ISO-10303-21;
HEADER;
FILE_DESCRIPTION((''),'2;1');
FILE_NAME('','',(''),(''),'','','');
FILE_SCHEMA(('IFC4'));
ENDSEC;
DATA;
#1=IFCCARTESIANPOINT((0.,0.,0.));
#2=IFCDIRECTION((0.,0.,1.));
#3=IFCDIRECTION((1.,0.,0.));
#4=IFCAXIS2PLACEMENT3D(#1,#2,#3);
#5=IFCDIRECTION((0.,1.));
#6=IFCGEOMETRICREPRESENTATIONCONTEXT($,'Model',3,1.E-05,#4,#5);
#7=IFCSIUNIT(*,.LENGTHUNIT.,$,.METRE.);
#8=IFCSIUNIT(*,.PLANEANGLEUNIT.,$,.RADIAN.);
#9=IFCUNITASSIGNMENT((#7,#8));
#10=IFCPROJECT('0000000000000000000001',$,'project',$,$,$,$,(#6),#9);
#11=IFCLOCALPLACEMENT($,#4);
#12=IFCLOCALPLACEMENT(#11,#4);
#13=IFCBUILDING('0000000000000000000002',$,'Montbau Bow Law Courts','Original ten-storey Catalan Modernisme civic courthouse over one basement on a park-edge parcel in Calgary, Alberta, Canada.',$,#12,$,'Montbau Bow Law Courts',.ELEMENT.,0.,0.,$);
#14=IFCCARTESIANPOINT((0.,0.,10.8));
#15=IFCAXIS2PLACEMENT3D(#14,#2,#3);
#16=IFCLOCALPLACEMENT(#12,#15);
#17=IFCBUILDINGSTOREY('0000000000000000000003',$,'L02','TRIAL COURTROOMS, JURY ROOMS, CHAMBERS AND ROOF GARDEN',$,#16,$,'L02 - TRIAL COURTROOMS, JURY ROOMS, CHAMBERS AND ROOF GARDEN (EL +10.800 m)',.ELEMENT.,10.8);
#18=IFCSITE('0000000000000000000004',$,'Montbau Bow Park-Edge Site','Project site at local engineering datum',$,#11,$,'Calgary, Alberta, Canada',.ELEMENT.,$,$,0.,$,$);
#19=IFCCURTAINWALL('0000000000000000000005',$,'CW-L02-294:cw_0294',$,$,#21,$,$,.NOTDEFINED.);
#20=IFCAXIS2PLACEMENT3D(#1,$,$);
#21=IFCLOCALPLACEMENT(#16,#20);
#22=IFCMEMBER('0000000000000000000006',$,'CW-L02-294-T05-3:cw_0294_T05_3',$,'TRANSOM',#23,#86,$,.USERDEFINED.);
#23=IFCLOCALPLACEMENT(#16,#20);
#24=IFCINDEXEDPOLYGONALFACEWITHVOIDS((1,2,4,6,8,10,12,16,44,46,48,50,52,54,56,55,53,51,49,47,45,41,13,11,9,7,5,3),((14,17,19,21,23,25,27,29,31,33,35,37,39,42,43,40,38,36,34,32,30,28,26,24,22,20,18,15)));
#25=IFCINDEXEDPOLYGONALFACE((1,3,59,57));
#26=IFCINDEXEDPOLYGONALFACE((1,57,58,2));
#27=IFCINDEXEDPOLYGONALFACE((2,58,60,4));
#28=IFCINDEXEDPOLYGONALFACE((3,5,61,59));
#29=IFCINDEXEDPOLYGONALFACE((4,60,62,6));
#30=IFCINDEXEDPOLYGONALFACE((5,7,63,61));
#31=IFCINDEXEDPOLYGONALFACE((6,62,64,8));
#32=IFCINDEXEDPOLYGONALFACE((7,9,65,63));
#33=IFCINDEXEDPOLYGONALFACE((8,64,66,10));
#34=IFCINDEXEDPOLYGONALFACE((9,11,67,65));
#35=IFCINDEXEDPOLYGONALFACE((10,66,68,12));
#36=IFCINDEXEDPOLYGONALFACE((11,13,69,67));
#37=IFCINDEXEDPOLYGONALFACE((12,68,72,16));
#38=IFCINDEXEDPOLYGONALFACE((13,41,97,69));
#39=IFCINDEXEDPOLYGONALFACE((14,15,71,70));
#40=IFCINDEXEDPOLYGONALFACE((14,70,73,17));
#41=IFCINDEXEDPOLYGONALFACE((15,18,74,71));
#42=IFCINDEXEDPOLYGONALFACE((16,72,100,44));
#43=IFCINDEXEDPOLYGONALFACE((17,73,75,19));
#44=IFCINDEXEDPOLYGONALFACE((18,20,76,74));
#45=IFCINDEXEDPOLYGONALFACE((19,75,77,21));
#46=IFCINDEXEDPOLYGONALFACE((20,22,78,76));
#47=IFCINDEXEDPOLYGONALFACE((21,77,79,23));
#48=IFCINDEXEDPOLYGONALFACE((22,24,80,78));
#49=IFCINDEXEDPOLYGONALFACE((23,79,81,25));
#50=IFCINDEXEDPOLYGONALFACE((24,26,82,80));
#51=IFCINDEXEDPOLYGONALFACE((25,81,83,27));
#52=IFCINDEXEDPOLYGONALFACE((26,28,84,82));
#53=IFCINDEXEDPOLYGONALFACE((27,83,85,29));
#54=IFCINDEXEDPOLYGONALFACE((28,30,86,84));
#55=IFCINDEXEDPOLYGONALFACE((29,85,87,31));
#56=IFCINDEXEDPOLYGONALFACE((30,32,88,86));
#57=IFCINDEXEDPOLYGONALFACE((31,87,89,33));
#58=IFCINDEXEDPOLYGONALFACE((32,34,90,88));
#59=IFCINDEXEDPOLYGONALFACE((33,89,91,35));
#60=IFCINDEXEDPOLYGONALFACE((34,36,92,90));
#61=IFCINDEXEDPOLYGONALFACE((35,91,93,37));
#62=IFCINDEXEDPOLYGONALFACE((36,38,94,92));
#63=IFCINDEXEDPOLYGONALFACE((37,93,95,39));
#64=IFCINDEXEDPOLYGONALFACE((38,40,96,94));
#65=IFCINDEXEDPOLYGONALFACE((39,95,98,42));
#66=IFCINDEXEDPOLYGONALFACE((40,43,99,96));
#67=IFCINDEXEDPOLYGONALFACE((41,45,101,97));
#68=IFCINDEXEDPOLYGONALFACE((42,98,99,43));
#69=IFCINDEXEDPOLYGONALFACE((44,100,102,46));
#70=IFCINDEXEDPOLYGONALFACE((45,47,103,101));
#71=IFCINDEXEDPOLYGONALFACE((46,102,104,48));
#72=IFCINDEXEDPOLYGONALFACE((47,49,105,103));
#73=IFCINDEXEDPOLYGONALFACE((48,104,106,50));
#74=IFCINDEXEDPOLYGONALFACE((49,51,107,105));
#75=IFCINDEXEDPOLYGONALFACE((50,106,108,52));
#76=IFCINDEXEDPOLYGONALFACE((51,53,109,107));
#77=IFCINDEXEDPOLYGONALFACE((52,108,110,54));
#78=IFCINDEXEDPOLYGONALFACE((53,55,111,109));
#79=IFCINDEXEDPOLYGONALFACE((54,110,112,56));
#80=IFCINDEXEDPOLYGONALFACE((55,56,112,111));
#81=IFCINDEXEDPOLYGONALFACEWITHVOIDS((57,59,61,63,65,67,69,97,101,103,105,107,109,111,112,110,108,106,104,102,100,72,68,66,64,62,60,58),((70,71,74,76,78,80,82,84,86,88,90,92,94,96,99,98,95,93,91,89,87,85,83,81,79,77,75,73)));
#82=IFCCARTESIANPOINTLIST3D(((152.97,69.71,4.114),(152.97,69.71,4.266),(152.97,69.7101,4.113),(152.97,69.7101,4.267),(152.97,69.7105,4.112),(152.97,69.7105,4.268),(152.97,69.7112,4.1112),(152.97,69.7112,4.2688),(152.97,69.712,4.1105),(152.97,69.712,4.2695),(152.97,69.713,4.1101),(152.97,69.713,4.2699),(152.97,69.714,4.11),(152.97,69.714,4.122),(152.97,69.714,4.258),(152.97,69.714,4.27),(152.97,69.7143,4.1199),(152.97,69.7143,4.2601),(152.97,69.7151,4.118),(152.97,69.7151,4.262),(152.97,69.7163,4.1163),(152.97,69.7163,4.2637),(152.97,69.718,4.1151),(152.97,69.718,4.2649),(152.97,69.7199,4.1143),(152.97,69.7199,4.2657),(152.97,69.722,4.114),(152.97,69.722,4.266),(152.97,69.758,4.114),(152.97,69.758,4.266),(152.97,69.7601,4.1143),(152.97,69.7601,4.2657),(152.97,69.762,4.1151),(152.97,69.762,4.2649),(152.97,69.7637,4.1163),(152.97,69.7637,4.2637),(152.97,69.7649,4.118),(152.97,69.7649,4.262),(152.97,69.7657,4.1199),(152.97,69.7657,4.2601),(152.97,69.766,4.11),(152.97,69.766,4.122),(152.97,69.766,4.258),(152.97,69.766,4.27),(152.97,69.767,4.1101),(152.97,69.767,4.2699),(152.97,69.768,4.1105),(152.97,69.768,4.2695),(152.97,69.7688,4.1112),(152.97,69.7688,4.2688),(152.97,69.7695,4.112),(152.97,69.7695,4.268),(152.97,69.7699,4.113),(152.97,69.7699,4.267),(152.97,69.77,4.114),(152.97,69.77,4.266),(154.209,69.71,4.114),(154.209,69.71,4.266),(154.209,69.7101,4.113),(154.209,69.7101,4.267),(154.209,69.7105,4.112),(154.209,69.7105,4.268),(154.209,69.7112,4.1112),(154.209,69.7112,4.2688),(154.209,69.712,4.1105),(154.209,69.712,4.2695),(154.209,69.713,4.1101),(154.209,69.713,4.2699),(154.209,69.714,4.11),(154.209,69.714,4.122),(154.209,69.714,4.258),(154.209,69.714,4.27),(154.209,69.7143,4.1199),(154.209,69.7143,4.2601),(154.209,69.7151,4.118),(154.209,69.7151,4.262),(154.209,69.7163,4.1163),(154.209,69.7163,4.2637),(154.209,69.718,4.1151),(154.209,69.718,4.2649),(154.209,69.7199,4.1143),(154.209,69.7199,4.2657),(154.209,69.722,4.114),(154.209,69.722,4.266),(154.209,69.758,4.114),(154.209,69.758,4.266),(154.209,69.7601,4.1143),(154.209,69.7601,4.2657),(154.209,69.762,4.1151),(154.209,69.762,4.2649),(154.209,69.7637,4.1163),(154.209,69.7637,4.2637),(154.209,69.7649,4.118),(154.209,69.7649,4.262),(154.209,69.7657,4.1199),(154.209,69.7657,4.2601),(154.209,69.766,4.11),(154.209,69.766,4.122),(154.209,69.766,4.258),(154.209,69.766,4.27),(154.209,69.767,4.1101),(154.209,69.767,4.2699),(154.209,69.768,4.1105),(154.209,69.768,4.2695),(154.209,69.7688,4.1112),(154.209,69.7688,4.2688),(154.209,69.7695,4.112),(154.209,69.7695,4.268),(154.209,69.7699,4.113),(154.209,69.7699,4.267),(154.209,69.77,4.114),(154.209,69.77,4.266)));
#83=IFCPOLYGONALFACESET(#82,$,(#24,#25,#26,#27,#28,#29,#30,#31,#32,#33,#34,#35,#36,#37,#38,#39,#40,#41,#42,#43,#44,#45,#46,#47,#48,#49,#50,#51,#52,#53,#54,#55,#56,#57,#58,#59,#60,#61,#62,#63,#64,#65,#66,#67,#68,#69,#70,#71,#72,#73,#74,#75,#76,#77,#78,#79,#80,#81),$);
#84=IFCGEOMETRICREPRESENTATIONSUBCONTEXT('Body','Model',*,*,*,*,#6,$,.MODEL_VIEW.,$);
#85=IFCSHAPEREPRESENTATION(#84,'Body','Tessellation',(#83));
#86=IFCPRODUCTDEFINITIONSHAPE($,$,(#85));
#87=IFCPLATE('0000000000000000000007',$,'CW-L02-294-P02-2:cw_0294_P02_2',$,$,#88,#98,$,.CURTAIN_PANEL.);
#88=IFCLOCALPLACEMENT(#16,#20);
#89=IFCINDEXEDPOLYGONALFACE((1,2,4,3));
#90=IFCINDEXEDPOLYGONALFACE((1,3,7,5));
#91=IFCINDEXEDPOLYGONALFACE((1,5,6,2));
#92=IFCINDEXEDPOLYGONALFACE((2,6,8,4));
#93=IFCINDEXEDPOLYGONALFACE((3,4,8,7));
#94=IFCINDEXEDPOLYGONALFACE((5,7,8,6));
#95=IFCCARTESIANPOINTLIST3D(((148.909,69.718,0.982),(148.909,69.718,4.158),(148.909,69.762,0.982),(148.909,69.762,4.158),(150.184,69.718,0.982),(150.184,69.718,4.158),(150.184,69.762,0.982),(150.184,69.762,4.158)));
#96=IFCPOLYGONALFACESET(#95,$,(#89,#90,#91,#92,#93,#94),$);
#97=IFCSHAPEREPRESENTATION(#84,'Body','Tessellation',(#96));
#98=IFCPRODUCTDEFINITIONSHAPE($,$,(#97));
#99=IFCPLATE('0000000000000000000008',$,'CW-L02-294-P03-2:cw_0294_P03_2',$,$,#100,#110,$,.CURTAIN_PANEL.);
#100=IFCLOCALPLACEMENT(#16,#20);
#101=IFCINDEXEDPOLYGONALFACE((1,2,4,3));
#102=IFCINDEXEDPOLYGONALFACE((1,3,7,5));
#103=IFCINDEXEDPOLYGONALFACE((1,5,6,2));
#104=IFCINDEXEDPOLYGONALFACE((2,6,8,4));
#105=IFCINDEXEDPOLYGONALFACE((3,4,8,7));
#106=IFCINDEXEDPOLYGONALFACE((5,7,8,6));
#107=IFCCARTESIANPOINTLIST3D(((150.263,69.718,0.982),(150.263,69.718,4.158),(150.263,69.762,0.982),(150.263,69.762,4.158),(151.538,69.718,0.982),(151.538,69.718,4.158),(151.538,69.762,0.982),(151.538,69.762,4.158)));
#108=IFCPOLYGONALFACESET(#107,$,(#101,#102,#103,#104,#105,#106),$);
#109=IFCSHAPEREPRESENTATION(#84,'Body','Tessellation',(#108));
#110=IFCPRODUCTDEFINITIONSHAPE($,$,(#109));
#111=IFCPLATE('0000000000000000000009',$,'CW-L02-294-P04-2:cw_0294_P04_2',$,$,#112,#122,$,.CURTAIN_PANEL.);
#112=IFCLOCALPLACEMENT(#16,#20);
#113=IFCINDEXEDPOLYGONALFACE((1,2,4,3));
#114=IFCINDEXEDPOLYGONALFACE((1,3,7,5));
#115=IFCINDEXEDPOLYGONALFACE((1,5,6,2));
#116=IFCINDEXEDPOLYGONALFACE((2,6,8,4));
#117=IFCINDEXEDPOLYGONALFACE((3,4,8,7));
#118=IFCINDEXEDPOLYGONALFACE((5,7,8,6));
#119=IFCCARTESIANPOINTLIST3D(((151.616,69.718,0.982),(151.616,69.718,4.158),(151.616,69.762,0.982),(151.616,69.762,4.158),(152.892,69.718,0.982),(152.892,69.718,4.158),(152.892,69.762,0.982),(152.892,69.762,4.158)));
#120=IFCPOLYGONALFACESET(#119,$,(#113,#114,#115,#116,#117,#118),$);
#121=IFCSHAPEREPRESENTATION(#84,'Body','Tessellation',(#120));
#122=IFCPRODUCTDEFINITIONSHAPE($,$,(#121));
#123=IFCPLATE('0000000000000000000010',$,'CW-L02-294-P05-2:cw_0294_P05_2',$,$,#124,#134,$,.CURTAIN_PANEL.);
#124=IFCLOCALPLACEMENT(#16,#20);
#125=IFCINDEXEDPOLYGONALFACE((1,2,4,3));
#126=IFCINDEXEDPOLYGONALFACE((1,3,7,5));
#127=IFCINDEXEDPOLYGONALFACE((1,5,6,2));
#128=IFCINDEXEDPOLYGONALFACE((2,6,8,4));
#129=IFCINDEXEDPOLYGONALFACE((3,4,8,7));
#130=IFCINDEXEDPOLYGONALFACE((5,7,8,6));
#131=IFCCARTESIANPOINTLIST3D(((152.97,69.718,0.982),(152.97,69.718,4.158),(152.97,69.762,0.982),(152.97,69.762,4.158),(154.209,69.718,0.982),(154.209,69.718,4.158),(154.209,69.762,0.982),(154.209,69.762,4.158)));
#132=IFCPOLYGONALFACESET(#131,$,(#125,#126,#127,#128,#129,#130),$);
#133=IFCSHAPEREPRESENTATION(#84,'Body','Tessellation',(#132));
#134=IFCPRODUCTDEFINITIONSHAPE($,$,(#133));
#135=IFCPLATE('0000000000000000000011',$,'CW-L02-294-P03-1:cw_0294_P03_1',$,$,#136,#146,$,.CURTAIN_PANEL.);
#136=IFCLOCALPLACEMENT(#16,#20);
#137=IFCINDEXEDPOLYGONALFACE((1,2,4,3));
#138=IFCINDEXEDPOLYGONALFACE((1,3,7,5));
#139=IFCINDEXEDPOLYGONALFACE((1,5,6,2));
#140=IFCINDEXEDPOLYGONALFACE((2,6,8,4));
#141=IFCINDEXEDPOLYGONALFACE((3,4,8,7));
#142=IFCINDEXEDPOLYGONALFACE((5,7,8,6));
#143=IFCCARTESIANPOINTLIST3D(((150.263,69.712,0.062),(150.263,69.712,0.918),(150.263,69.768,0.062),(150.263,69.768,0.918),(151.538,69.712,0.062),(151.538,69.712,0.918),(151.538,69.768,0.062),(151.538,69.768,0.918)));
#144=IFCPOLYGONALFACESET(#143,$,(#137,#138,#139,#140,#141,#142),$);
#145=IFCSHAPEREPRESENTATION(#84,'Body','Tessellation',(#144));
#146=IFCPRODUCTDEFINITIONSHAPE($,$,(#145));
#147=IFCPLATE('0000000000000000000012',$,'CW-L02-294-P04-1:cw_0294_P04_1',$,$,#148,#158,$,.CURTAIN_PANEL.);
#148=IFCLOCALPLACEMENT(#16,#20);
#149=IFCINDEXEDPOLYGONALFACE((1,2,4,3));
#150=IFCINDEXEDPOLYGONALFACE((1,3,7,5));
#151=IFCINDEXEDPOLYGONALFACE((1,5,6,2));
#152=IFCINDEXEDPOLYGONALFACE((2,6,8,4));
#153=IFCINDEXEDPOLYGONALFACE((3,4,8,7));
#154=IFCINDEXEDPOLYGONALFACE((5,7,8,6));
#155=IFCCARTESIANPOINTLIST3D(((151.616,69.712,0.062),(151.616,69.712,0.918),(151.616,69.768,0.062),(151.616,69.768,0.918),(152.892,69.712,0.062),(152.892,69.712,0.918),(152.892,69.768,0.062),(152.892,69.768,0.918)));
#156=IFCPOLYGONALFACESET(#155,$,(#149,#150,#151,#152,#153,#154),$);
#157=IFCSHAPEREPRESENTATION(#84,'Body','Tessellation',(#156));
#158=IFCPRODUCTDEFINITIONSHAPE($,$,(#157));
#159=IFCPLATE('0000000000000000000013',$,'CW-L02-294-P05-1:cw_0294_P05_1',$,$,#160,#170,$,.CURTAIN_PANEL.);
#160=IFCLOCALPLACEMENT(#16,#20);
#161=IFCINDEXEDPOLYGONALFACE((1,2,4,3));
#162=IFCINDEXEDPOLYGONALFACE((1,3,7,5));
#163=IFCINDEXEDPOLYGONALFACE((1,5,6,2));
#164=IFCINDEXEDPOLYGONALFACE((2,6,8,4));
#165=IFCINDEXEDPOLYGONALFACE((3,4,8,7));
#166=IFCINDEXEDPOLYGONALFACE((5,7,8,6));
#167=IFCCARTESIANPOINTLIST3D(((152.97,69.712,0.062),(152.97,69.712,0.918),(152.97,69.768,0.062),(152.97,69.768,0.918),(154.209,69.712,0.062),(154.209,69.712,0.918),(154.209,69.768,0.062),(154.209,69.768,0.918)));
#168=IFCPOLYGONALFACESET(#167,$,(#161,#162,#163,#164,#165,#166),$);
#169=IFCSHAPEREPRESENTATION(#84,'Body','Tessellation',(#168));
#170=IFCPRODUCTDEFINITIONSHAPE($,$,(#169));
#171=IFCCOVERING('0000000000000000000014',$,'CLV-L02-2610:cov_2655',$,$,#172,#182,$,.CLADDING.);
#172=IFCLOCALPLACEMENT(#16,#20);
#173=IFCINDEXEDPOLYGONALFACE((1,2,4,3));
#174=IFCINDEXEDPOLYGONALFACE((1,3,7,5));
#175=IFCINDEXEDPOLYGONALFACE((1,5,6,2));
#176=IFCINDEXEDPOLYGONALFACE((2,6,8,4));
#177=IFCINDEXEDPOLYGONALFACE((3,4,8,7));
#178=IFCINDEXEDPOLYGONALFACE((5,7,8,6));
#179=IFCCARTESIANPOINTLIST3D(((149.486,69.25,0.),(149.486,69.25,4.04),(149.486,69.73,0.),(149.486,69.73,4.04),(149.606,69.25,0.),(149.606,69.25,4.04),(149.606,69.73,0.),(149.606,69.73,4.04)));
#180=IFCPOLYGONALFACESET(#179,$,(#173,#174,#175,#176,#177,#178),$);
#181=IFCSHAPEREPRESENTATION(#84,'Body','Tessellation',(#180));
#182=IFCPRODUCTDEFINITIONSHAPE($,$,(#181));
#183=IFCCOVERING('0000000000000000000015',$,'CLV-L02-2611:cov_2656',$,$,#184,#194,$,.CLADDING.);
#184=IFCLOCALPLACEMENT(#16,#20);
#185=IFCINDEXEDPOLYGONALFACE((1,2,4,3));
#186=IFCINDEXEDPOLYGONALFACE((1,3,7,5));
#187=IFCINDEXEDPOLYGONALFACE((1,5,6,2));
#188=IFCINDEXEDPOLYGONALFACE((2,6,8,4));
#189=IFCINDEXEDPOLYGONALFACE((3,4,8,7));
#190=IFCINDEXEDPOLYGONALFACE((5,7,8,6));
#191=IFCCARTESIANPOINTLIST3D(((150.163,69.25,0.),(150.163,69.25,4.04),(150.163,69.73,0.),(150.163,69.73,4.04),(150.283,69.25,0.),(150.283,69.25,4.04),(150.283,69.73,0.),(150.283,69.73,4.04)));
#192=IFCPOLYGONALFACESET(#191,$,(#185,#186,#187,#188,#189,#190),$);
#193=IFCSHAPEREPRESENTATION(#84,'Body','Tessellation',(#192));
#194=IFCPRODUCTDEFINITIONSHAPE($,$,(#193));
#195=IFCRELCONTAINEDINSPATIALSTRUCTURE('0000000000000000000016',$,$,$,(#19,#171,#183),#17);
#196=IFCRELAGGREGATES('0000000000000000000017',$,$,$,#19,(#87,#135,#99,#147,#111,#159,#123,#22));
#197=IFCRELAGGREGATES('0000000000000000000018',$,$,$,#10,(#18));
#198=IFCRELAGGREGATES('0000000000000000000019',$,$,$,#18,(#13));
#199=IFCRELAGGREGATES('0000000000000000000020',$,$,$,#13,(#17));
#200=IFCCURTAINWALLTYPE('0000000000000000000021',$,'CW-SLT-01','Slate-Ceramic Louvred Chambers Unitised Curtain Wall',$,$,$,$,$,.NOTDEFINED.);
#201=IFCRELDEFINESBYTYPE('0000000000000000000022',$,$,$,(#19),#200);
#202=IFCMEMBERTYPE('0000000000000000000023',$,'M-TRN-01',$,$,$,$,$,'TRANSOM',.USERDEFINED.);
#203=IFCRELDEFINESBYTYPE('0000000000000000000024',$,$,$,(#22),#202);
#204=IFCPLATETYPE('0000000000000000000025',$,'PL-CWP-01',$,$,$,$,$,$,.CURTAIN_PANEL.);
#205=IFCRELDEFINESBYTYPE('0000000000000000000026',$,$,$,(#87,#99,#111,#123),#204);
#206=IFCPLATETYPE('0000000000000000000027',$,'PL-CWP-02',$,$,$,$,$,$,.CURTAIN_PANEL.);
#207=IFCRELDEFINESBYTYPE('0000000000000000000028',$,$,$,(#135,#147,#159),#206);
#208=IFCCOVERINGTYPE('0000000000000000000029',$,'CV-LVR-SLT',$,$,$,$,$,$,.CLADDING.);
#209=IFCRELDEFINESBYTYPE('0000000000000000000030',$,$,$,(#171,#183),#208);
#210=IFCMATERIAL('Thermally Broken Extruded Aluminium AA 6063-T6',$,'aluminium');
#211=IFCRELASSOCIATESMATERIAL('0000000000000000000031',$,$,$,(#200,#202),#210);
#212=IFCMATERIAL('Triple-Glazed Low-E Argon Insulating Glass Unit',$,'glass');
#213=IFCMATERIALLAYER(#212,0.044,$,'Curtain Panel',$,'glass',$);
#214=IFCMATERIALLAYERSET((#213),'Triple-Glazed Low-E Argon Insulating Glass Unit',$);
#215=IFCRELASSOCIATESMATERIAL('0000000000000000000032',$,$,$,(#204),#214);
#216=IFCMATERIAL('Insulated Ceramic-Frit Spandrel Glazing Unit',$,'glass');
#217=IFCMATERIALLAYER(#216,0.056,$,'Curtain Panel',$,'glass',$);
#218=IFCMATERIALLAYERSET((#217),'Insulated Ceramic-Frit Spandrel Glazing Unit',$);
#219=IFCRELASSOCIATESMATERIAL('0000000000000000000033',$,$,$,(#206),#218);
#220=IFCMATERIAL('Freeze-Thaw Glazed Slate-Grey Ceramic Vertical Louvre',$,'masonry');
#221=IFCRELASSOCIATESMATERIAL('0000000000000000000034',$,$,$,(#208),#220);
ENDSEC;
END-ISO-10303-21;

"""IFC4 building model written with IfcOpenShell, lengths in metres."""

from ifc_helpers import new_model, si_unit, direction, frame, frame_2d, origin_with_axes, origin_2d_with_axis, place, context, subcontext, project, spatial, rectangle, hollow_rectangle, extrude, material, layer, layer_set, material_profile, profile_set, type_object, element, aggregate, save


model = new_model("IFC4")

# Units and contexts
model_context = context("Model", 3, precision=1e-05, world=origin_with_axes(), true_north=direction((0.0, 1.0)))
body_context = subcontext(model_context, "Body", "Model", "MODEL_VIEW")
ifc_project = project(units=[si_unit("LENGTHUNIT", "METRE"), si_unit("PLANEANGLEUNIT", "RADIAN")], contexts=[model_context])

# Site, building, storey
site_placement = place(None, origin_with_axes())
site = spatial("IfcSite", under=ifc_project, at=site_placement, Name="Montbau Bow Park-Edge Site", Description="Project site at local engineering datum", LongName="Calgary, Alberta, Canada", CompositionType="ELEMENT", RefElevation=0.0)
building_placement = place(site_placement, origin_with_axes())
building = spatial("IfcBuilding", under=site, at=building_placement, Name="Montbau Bow Law Courts", Description="Original ten-storey Catalan Modernisme civic courthouse over one basement on a park-edge parcel in Calgary, Alberta, Canada.", LongName="Montbau Bow Law Courts", CompositionType="ELEMENT", ElevationOfRefHeight=0.0, ElevationOfTerrain=0.0)
storey_placement = place(building_placement, frame((0.0, 0.0, 10.8), z_axis=(0.0, 0.0, 1.0), x_axis=(1.0, 0.0, 0.0)))
storey = spatial("IfcBuildingStorey", under=building, at=storey_placement, Name="L02", Description="TRIAL COURTROOMS, JURY ROOMS, CHAMBERS AND ROOF GARDEN", LongName="L02 - TRIAL COURTROOMS, JURY ROOMS, CHAMBERS AND ROOF GARDEN (EL +10.800 m)", CompositionType="ELEMENT", Elevation=10.8)

# Curtain wall, member, plates
ifc_material_1 = material(Name="Thermally Broken Extruded Aluminium AA 6063-T6", Category="aluminium")
curtain_wall_type = type_object("IfcCurtainWallType", Name="CW-SLT-01", Description="Slate-Ceramic Louvred Chambers Unitised Curtain Wall", PredefinedType="NOTDEFINED", material=ifc_material_1)
curtain_wall_placement = place(None, frame((147.515, 69.74, 10.8), z_axis=(0.0, 0.0, 1.0), x_axis=(1.0, 0.0, 0.0)))
curtain_wall = element("IfcCurtainWall", 1, at=curtain_wall_placement, inside=storey, type_object=curtain_wall_type, Name="CW-L02-294:cw_0294", PredefinedType="NOTDEFINED")
ifc_material_profile_1 = material_profile(ifc_material_1, hollow_rectangle(XDim=0.06, YDim=0.16, WallThickness=0.004, InnerFilletRadius=0.008, OuterFilletRadius=0.004, at=origin_2d_with_axis()), Name="CWT-160X60", Category="Main", Priority=0)
ifc_profile_set_1 = profile_set([ifc_material_profile_1], Name="Thermally Broken Extruded Aluminium AA 6063-T6")
member_type_1 = type_object("IfcMemberType", Name="M-TRN-01", ElementType="TRANSOM", PredefinedType="USERDEFINED", material=ifc_profile_set_1)
member_1_placement = place(None, frame((152.97, 69.74, 14.99), z_axis=(1.0, 0.0, 0.0), x_axis=(0.0, 1.0, 0.0)))
member_1 = element("IfcMember", 2, at=member_1_placement, type_object=member_type_1, Name="CW-L02-294-T05-3:cw_0294_T05_3", ObjectType="TRANSOM", PredefinedType="USERDEFINED", context=body_context, shape_type="SweptSolid", body=[
    extrude(hollow_rectangle(XDim=0.06, YDim=0.16, WallThickness=0.004, InnerFilletRadius=0.008, OuterFilletRadius=0.004, at=origin_2d_with_axis()), origin_with_axes(), (0.0, 0.0, 1.0), 1.239),
])
ifc_material_2 = material(Name="Triple-Glazed Low-E Argon Insulating Glass Unit", Category="glass")
ifc_layer_1 = layer(ifc_material_2, 0.044, Name="Curtain Panel", Category="glass")
ifc_layer_set_1 = layer_set([ifc_layer_1], Name="Triple-Glazed Low-E Argon Insulating Glass Unit")
plate_type_1 = type_object("IfcPlateType", Name="PL-CWP-01", PredefinedType="CURTAIN_PANEL", material=ifc_layer_set_1)
plate_1_placement = place(None, frame((148.909, 69.74, 11.782), z_axis=(0.0, -1.0, 0.0), x_axis=(1.0, 0.0, 0.0)))
plate_1 = element("IfcPlate", 3, at=plate_1_placement, type_object=plate_type_1, Name="CW-L02-294-P02-2:cw_0294_P02_2", PredefinedType="CURTAIN_PANEL", context=body_context, shape_type="SweptSolid", body=[
    extrude(rectangle(XDim=1.275, YDim=3.176, at=frame_2d((0.6375, 1.588), x_axis=(1.0, 0.0))), frame((0.0, 0.0, -0.022), z_axis=(0.0, 0.0, 1.0), x_axis=(1.0, 0.0, 0.0)), (0.0, 0.0, 1.0), 0.044),
])
plate_2_placement = place(None, frame((150.263, 69.74, 11.782), z_axis=(0.0, -1.0, 0.0), x_axis=(1.0, 0.0, 0.0)))
plate_2 = element("IfcPlate", 4, at=plate_2_placement, type_object=plate_type_1, Name="CW-L02-294-P03-2:cw_0294_P03_2", PredefinedType="CURTAIN_PANEL", context=body_context, shape_type="SweptSolid", body=[
    extrude(rectangle(XDim=1.275, YDim=3.176, at=frame_2d((0.6375, 1.588), x_axis=(1.0, 0.0))), frame((0.0, 0.0, -0.022), z_axis=(0.0, 0.0, 1.0), x_axis=(1.0, 0.0, 0.0)), (0.0, 0.0, 1.0), 0.044),
])
plate_3_placement = place(None, frame((151.616, 69.74, 11.782), z_axis=(0.0, -1.0, 0.0), x_axis=(1.0, 0.0, 0.0)))
plate_3 = element("IfcPlate", 5, at=plate_3_placement, type_object=plate_type_1, Name="CW-L02-294-P04-2:cw_0294_P04_2", PredefinedType="CURTAIN_PANEL", context=body_context, shape_type="SweptSolid", body=[
    extrude(rectangle(XDim=1.276, YDim=3.176, at=frame_2d((0.638, 1.588), x_axis=(1.0, 0.0))), frame((0.0, 0.0, -0.022), z_axis=(0.0, 0.0, 1.0), x_axis=(1.0, 0.0, 0.0)), (0.0, 0.0, 1.0), 0.044),
])
plate_4_placement = place(None, frame((152.97, 69.74, 11.782), z_axis=(0.0, -1.0, 0.0), x_axis=(1.0, 0.0, 0.0)))
plate_4 = element("IfcPlate", 6, at=plate_4_placement, type_object=plate_type_1, Name="CW-L02-294-P05-2:cw_0294_P05_2", PredefinedType="CURTAIN_PANEL", context=body_context, shape_type="SweptSolid", body=[
    extrude(rectangle(XDim=1.239, YDim=3.176, at=frame_2d((0.6195, 1.588), x_axis=(1.0, 0.0))), frame((0.0, 0.0, -0.022), z_axis=(0.0, 0.0, 1.0), x_axis=(1.0, 0.0, 0.0)), (0.0, 0.0, 1.0), 0.044),
])
ifc_material_3 = material(Name="Insulated Ceramic-Frit Spandrel Glazing Unit", Category="glass")
ifc_layer_2 = layer(ifc_material_3, 0.056, Name="Curtain Panel", Category="glass")
ifc_layer_set_2 = layer_set([ifc_layer_2], Name="Insulated Ceramic-Frit Spandrel Glazing Unit")
plate_type_2 = type_object("IfcPlateType", Name="PL-CWP-02", PredefinedType="CURTAIN_PANEL", material=ifc_layer_set_2)
plate_5_placement = place(None, frame((150.263, 69.74, 10.862), z_axis=(0.0, -1.0, 0.0), x_axis=(1.0, 0.0, 0.0)))
plate_5 = element("IfcPlate", 7, at=plate_5_placement, type_object=plate_type_2, Name="CW-L02-294-P03-1:cw_0294_P03_1", PredefinedType="CURTAIN_PANEL", context=body_context, shape_type="SweptSolid", body=[
    extrude(rectangle(XDim=1.275, YDim=0.856, at=frame_2d((0.6375, 0.428), x_axis=(1.0, 0.0))), frame((0.0, 0.0, -0.028), z_axis=(0.0, 0.0, 1.0), x_axis=(1.0, 0.0, 0.0)), (0.0, 0.0, 1.0), 0.056),
])
plate_6_placement = place(None, frame((151.616, 69.74, 10.862), z_axis=(0.0, -1.0, 0.0), x_axis=(1.0, 0.0, 0.0)))
plate_6 = element("IfcPlate", 8, at=plate_6_placement, type_object=plate_type_2, Name="CW-L02-294-P04-1:cw_0294_P04_1", PredefinedType="CURTAIN_PANEL", context=body_context, shape_type="SweptSolid", body=[
    extrude(rectangle(XDim=1.276, YDim=0.856, at=frame_2d((0.638, 0.428), x_axis=(1.0, 0.0))), frame((0.0, 0.0, -0.028), z_axis=(0.0, 0.0, 1.0), x_axis=(1.0, 0.0, 0.0)), (0.0, 0.0, 1.0), 0.056),
])
plate_7_placement = place(None, frame((152.97, 69.74, 10.862), z_axis=(0.0, -1.0, 0.0), x_axis=(1.0, 0.0, 0.0)))
plate_7 = element("IfcPlate", 9, at=plate_7_placement, type_object=plate_type_2, Name="CW-L02-294-P05-1:cw_0294_P05_1", PredefinedType="CURTAIN_PANEL", context=body_context, shape_type="SweptSolid", body=[
    extrude(rectangle(XDim=1.239, YDim=0.856, at=frame_2d((0.6195, 0.428), x_axis=(1.0, 0.0))), frame((0.0, 0.0, -0.028), z_axis=(0.0, 0.0, 1.0), x_axis=(1.0, 0.0, 0.0)), (0.0, 0.0, 1.0), 0.056),
])
aggregate(curtain_wall, [plate_1, plate_5, plate_2, plate_6, plate_3, plate_7, plate_4, member_1])

# Coverings
ifc_material_4 = material(Name="Freeze-Thaw Glazed Slate-Grey Ceramic Vertical Louvre", Category="masonry")
covering_type = type_object("IfcCoveringType", Name="CV-LVR-SLT", PredefinedType="CLADDING", material=ifc_material_4)
for number, where, z_axis, x_axis, name in (
    (10, (149.546, 69.73, 10.8), (-1.0, 0.0, 0.0), (0.0, -1.0, 0.0), "CLV-L02-2610:cov_2655"),
    (11, (150.223, 69.73, 10.8), (-1.0, 0.0, 0.0), (0.0, -1.0, 0.0), "CLV-L02-2611:cov_2656"),
):
    element("IfcCovering", number, at=place(None, frame(where, z_axis=z_axis, x_axis=x_axis)), inside=storey, type_object=covering_type, Name=name, PredefinedType="CLADDING", context=body_context, shape_type="SweptSolid", body=[
        extrude(rectangle(XDim=0.48, YDim=4.04, at=frame_2d((0.24, 2.02), x_axis=(1.0, 0.0))), frame((0.0, 0.0, -0.06), z_axis=(0.0, 0.0, 1.0), x_axis=(1.0, 0.0, 0.0)), (0.0, 0.0, 1.0), 0.12),
    ])

save(model, "model.ifc")
